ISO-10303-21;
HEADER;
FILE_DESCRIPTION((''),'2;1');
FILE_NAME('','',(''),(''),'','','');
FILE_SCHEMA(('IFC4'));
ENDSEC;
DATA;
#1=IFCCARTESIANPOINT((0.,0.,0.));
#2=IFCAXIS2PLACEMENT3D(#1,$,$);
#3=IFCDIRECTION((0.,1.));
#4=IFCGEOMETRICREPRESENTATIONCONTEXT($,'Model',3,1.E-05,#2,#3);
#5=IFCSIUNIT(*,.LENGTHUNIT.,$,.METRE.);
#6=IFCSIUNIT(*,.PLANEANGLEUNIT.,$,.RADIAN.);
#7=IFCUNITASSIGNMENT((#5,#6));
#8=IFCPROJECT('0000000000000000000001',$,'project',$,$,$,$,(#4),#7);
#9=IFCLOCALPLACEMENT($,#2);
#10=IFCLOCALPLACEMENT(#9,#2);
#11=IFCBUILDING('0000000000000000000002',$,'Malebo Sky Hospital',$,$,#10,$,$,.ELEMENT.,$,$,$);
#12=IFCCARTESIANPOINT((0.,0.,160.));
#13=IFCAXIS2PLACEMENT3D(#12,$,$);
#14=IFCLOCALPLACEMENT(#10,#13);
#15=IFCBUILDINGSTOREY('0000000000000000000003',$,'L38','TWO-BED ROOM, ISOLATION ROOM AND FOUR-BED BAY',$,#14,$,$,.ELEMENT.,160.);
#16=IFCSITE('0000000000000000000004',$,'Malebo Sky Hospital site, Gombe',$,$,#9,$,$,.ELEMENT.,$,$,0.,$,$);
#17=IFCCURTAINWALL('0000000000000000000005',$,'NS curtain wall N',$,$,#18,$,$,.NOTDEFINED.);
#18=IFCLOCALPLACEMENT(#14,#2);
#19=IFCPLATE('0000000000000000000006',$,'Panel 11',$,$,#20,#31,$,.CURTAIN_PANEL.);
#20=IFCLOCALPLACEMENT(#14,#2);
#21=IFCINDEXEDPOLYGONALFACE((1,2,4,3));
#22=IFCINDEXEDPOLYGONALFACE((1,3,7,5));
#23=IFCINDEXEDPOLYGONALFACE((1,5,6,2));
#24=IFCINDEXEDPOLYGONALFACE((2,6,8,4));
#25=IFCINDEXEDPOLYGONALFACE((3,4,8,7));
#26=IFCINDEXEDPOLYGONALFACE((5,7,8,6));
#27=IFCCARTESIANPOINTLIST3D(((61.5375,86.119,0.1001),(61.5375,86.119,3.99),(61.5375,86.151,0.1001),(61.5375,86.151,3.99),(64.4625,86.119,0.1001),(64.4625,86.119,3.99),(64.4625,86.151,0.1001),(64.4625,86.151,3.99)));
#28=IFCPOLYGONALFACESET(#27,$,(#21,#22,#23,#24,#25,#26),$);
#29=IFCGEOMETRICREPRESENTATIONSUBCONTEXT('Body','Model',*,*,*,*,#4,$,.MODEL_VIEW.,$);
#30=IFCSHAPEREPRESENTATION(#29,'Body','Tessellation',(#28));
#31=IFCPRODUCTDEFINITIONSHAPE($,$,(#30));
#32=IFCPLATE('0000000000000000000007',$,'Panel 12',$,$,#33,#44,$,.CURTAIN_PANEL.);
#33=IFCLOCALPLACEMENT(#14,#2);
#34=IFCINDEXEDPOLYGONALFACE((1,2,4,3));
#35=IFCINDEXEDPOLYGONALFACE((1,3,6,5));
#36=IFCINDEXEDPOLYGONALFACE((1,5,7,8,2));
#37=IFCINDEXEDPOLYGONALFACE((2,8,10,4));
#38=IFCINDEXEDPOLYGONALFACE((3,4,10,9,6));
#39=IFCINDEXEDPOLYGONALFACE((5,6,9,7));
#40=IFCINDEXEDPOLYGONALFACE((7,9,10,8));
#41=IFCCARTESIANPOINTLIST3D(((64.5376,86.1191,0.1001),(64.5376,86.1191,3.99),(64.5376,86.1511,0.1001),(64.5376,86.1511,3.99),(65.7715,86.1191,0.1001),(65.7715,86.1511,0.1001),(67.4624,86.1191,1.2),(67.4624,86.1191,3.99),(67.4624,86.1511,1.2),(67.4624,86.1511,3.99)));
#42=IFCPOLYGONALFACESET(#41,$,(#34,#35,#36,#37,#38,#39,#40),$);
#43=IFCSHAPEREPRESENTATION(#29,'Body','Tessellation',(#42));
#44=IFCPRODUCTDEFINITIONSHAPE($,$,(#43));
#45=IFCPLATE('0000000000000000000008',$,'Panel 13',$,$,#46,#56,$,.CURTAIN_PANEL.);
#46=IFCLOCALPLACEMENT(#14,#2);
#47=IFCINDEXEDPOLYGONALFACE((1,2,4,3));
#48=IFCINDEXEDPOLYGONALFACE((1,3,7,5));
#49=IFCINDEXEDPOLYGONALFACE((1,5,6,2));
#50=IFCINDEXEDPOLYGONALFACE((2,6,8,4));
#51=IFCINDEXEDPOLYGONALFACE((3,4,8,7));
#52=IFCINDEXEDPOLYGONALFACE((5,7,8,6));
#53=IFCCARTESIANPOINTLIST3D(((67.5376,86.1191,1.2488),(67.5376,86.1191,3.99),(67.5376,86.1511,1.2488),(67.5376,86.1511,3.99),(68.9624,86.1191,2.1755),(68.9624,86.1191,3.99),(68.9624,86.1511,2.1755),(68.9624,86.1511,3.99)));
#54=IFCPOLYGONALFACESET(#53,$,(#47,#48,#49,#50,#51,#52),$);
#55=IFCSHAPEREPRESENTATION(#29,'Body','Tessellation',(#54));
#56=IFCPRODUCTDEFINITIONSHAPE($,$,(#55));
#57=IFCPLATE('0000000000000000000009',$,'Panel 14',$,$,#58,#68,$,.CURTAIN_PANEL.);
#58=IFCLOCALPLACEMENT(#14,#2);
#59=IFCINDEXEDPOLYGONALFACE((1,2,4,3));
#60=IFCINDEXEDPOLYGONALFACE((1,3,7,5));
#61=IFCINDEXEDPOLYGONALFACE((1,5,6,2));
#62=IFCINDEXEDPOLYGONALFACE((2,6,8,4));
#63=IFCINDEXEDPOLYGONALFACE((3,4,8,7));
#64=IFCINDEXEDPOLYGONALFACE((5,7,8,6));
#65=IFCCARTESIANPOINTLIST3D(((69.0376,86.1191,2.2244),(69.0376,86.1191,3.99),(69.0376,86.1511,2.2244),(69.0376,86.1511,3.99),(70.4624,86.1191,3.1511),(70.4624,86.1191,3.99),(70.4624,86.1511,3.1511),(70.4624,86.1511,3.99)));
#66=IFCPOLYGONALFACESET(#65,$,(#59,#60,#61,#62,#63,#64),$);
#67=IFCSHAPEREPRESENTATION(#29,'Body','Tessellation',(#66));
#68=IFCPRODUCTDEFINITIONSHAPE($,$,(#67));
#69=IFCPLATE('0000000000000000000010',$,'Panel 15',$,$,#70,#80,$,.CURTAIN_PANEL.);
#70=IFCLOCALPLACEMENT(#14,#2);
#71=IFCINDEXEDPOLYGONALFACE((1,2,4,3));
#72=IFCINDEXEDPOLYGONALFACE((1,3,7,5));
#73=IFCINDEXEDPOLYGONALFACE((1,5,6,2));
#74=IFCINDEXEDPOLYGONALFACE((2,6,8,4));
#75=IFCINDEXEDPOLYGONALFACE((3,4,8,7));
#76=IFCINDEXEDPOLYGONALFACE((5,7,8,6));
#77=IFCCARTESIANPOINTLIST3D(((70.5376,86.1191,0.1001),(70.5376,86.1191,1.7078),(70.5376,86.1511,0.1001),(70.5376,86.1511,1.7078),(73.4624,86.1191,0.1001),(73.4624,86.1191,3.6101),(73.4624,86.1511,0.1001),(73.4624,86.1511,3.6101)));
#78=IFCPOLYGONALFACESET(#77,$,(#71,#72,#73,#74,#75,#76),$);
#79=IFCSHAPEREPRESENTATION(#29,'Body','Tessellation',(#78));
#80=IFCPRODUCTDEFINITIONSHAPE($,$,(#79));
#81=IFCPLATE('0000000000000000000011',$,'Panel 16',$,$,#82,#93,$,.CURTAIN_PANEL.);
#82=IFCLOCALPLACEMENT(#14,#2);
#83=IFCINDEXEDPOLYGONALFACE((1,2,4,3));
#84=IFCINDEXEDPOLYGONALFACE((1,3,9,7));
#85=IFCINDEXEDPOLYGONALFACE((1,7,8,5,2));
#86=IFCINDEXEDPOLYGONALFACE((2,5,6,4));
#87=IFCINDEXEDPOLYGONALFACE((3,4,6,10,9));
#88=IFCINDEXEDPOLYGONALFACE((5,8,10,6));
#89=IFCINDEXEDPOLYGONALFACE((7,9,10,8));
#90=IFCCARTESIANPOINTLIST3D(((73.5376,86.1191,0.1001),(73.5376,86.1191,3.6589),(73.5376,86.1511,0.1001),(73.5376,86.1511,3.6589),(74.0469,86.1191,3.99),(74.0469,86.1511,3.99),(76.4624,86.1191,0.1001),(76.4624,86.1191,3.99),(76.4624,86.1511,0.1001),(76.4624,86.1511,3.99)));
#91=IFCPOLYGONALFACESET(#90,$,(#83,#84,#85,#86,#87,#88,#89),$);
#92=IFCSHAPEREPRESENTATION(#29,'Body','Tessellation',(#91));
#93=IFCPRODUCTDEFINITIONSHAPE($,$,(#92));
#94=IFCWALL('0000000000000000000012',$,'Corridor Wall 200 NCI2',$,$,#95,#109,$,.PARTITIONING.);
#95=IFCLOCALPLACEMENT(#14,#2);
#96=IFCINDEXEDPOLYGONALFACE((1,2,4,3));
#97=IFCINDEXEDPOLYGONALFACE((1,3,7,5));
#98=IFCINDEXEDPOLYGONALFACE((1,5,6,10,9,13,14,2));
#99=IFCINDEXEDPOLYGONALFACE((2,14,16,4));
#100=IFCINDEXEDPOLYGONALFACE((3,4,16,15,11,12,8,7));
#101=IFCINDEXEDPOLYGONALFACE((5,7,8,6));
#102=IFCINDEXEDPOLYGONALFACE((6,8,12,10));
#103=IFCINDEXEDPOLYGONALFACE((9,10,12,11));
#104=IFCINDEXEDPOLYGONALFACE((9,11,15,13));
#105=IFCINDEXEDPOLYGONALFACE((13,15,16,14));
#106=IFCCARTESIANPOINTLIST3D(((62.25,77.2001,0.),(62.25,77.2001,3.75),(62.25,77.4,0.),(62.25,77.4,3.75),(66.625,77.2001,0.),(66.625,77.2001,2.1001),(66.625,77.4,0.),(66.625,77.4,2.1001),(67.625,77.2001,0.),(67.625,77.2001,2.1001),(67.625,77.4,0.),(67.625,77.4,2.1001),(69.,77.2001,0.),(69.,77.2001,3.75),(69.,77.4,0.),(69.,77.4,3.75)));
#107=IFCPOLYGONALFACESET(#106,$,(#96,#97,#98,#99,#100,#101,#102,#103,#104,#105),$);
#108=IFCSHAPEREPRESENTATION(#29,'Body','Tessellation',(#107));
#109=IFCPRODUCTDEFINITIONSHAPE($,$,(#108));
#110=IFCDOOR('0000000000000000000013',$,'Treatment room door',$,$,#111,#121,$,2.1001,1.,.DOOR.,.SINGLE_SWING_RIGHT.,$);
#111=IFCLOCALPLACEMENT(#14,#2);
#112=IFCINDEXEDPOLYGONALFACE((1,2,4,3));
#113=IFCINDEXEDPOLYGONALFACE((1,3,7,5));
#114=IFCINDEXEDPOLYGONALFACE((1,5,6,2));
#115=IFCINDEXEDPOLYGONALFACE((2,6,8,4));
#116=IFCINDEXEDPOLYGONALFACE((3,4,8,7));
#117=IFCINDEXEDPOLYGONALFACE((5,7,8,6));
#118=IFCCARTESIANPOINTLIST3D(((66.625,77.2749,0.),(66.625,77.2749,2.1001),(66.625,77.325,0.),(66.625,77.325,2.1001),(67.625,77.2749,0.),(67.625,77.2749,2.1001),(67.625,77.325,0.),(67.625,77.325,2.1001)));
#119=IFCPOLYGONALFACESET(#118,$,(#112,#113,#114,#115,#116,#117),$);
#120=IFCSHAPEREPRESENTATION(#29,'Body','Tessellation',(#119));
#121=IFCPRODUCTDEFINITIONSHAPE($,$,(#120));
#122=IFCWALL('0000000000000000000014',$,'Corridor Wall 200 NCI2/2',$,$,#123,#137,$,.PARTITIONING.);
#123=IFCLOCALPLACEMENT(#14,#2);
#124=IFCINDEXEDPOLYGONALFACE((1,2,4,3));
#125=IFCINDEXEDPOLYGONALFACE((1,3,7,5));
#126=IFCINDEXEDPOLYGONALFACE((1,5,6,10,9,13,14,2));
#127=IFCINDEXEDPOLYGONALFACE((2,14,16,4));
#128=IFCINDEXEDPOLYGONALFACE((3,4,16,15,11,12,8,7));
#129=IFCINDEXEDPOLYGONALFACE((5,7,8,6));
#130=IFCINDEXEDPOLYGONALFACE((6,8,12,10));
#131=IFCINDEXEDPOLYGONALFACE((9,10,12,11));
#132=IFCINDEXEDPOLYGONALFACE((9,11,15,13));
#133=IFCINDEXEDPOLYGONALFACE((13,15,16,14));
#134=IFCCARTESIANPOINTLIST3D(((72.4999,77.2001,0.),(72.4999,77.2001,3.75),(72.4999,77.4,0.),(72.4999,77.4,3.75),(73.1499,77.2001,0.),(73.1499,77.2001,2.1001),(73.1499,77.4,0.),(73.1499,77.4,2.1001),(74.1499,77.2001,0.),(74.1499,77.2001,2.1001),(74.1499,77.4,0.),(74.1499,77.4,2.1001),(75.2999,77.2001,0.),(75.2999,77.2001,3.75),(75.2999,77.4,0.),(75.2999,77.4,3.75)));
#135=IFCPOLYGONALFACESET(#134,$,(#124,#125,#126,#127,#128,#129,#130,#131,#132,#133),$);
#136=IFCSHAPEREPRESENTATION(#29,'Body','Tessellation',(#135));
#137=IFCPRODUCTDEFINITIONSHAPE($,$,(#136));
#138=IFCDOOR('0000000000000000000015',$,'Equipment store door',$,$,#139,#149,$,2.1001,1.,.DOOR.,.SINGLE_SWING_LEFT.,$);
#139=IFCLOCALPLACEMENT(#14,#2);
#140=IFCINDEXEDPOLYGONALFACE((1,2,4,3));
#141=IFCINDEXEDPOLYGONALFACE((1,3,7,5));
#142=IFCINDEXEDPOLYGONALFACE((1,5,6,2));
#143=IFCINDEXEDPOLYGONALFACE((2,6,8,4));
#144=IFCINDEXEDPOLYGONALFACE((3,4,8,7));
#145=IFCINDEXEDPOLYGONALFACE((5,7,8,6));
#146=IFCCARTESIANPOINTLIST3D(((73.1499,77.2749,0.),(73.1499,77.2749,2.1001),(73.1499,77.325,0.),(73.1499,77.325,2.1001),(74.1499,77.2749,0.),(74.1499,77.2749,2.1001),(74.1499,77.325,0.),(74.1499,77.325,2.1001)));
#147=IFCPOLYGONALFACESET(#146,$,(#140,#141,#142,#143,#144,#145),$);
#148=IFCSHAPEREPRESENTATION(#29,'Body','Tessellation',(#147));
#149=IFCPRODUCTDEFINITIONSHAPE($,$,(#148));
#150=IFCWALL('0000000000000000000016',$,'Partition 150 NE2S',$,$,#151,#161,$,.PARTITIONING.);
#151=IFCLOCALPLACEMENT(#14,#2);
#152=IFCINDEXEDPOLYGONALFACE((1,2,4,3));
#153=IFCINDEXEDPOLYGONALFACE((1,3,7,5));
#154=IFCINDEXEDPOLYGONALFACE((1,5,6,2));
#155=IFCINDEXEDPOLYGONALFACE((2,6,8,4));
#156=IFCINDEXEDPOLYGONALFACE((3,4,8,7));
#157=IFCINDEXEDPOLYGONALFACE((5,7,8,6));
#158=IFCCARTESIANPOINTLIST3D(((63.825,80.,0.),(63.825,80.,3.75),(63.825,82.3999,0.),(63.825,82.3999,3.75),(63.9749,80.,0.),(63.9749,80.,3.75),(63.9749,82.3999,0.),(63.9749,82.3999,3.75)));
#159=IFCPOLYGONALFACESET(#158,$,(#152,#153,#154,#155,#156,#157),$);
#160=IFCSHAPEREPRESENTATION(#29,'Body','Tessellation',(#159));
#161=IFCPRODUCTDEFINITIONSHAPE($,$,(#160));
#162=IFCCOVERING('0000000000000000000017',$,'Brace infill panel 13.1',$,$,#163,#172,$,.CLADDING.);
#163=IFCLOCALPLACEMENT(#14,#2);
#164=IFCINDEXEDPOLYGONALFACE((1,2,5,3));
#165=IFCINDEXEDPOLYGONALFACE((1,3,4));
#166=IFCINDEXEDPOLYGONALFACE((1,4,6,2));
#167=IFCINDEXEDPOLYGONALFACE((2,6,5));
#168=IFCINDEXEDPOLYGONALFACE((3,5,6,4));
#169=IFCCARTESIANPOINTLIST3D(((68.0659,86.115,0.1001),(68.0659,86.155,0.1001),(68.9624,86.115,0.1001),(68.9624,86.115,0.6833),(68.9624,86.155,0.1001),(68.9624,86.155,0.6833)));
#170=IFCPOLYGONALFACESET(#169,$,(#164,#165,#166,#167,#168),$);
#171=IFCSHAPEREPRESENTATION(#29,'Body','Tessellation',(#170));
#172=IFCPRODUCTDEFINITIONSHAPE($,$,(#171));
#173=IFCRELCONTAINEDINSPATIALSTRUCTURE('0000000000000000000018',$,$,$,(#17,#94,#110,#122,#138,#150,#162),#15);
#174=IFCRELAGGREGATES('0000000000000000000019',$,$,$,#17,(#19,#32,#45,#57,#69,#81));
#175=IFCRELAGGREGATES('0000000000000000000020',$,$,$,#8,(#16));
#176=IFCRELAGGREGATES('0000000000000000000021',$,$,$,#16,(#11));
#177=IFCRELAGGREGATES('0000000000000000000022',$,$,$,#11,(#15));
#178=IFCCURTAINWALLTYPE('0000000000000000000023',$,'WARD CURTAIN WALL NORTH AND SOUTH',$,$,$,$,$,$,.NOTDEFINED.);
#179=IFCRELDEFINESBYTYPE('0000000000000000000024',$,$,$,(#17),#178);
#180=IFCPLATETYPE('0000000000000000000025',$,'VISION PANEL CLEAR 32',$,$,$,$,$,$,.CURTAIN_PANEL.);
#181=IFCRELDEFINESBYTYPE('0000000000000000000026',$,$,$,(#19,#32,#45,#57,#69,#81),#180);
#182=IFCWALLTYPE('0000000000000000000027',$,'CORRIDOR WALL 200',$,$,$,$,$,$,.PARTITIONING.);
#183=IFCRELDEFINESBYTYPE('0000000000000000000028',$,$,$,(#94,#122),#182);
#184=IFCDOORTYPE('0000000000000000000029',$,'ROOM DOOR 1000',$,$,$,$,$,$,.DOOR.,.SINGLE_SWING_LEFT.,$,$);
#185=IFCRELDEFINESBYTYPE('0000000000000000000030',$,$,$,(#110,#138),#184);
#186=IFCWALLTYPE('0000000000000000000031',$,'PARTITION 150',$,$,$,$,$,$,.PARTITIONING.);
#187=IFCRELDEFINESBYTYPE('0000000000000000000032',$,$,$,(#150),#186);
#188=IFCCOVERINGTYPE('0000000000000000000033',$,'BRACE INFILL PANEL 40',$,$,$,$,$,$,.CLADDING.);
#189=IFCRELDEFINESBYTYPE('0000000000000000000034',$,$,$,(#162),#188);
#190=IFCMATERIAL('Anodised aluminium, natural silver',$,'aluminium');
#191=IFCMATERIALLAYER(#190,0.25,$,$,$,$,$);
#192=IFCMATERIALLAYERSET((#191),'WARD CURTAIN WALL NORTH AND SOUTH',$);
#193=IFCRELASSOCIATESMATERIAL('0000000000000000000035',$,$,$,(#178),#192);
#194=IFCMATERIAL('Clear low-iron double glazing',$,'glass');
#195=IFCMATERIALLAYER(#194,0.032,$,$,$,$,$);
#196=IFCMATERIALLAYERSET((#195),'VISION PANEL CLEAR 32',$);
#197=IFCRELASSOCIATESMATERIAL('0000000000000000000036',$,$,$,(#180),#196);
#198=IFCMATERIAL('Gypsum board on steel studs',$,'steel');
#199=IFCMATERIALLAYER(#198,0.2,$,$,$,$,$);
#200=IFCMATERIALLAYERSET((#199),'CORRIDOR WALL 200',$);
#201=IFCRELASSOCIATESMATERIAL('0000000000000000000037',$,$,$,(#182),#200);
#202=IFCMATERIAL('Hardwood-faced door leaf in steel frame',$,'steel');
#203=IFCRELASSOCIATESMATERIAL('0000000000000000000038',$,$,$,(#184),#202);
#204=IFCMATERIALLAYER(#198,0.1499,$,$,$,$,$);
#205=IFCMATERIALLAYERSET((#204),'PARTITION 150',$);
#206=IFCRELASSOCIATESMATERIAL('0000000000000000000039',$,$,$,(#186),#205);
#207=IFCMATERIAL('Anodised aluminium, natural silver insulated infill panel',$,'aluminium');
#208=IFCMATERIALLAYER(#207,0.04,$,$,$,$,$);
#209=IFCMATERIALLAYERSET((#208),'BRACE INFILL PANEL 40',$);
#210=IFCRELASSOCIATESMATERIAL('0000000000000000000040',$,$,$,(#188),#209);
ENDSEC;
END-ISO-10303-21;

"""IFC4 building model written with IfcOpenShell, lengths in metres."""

from ifc_helpers import new_model, si_unit, direction, frame, frame_2d, origin, origin_2d, place, context, subcontext, project, spatial, polyline, rectangle, outline, extrude, material, layer, layer_set, type_object, element, fill, aggregate, save


model = new_model("IFC4")

# Units and contexts
model_context = context("Model", 3, precision=1e-05, world=origin(), true_north=direction((0.0, 1.0)))
body_context = subcontext(model_context, "Body", "Model", "MODEL_VIEW")
ifc_project = project(units=[si_unit("LENGTHUNIT", "METRE"), si_unit("PLANEANGLEUNIT", "RADIAN")], contexts=[model_context])

# Site, building, storey
site_placement = place(None, origin())
site = spatial("IfcSite", under=ifc_project, at=site_placement, Name="Malebo Sky Hospital site, Gombe", CompositionType="ELEMENT", RefElevation=0.0)
building_placement = place(site_placement, origin())
building = spatial("IfcBuilding", under=site, at=building_placement, Name="Malebo Sky Hospital", CompositionType="ELEMENT")
storey_placement = place(building_placement, frame((0.0, 0.0, 160.0)))
storey = spatial("IfcBuildingStorey", under=building, at=storey_placement, Name="L38", Description="TWO-BED ROOM, ISOLATION ROOM AND FOUR-BED BAY", CompositionType="ELEMENT", Elevation=160.0)

# Curtain wall
ifc_material_1 = material(Name="Anodised aluminium, natural silver", Category="aluminium")
ifc_layer_1 = layer(ifc_material_1, 0.25)
ifc_layer_set_1 = layer_set([ifc_layer_1], Name="WARD CURTAIN WALL NORTH AND SOUTH")
curtain_wall_type = type_object("IfcCurtainWallType", Name="WARD CURTAIN WALL NORTH AND SOUTH", PredefinedType="NOTDEFINED", material=ifc_layer_set_1)
curtain_wall_placement = place(storey_placement, origin())
curtain_wall = element("IfcCurtainWall", 1, at=curtain_wall_placement, inside=storey, type_object=curtain_wall_type, Name="NS curtain wall N", PredefinedType="NOTDEFINED")

# Plates
ifc_material_2 = material(Name="Clear low-iron double glazing", Category="glass")
ifc_layer_2 = layer(ifc_material_2, 0.032)
ifc_layer_set_2 = layer_set([ifc_layer_2], Name="VISION PANEL CLEAR 32")
plate_type = type_object("IfcPlateType", Name="VISION PANEL CLEAR 32", PredefinedType="CURTAIN_PANEL", material=ifc_layer_set_2)
plate_1_placement = place(storey_placement, frame((63.0, 86.135, 0.1001), z_axis=(0.0, 0.0, 1.0), x_axis=(1.0, 0.0, 0.0)))
plate_1 = element("IfcPlate", 2, at=plate_1_placement, type_object=plate_type, Name="Panel 11", PredefinedType="CURTAIN_PANEL", context=body_context, shape_type="SweptSolid", body=[
    extrude(rectangle(XDim=2.925, YDim=0.032, at=origin_2d()), origin(), (0.0, 0.0, 1.0), 3.8899),
])
plate_2_placement = place(storey_placement, frame((66.0, 86.135, 0.1001), z_axis=(0.0, 0.0, 1.0), x_axis=(1.0, 0.0, 0.0)))
plate_2 = element("IfcPlate", 3, at=plate_2_placement, type_object=plate_type, Name="Panel 12", PredefinedType="CURTAIN_PANEL", context=body_context, shape_type="SweptSolid", body=[
    extrude(outline(polyline([(-1.4624, 0.0), (-0.2285, 0.0), (1.4624, 1.0999), (1.4624, 3.8899), (-1.4624, 3.8899), (-1.4624, 0.0)])), frame((0.0, 0.0161, 0.0), z_axis=(0.0, -1.0, 0.0), x_axis=(1.0, 0.0, 0.0)), (0.0, 0.0, 1.0), 0.032),
])
plate_3_placement = place(storey_placement, frame((68.25, 86.135, 1.2488), z_axis=(0.0, 0.0, 1.0), x_axis=(1.0, 0.0, 0.0)))
plate_3 = element("IfcPlate", 4, at=plate_3_placement, type_object=plate_type, Name="Panel 13", PredefinedType="CURTAIN_PANEL", context=body_context, shape_type="SweptSolid", body=[
    extrude(outline(polyline([(-0.7124, 0.0), (0.7124, 0.9268), (0.7124, 2.7412), (-0.7124, 2.7412), (-0.7124, 0.0)])), frame((0.0, 0.0161, 0.0), z_axis=(0.0, -1.0, 0.0), x_axis=(1.0, 0.0, 0.0)), (0.0, 0.0, 1.0), 0.032),
])
plate_4_placement = place(storey_placement, frame((69.75, 86.135, 2.2244), z_axis=(0.0, 0.0, 1.0), x_axis=(1.0, 0.0, 0.0)))
plate_4 = element("IfcPlate", 5, at=plate_4_placement, type_object=plate_type, Name="Panel 14", PredefinedType="CURTAIN_PANEL", context=body_context, shape_type="SweptSolid", body=[
    extrude(outline(polyline([(-0.7124, 0.0), (0.7124, 0.9268), (0.7124, 1.7656), (-0.7124, 1.7656), (-0.7124, 0.0)])), frame((0.0, 0.0161, 0.0), z_axis=(0.0, -1.0, 0.0), x_axis=(1.0, 0.0, 0.0)), (0.0, 0.0, 1.0), 0.032),
])
plate_5_placement = place(storey_placement, frame((72.0, 86.135, 0.1001), z_axis=(0.0, 0.0, 1.0), x_axis=(1.0, 0.0, 0.0)))
plate_5 = element("IfcPlate", 6, at=plate_5_placement, type_object=plate_type, Name="Panel 15", PredefinedType="CURTAIN_PANEL", context=body_context, shape_type="SweptSolid", body=[
    extrude(outline(polyline([(-1.4624, 0.0), (1.4624, 0.0), (1.4624, 3.51), (-1.4624, 1.6077), (-1.4624, 0.0)])), frame((0.0, 0.0161, 0.0), z_axis=(0.0, -1.0, 0.0), x_axis=(1.0, 0.0, 0.0)), (0.0, 0.0, 1.0), 0.032),
])
plate_6_placement = place(storey_placement, frame((75.0, 86.135, 0.1001), z_axis=(0.0, 0.0, 1.0), x_axis=(1.0, 0.0, 0.0)))
plate_6 = element("IfcPlate", 7, at=plate_6_placement, type_object=plate_type, Name="Panel 16", PredefinedType="CURTAIN_PANEL", context=body_context, shape_type="SweptSolid", body=[
    extrude(outline(polyline([(-1.4624, 0.0), (1.4624, 0.0), (1.4624, 3.8899), (-0.9531, 3.8899), (-1.4624, 3.5588), (-1.4624, 0.0)])), frame((0.0, 0.0161, 0.0), z_axis=(0.0, -1.0, 0.0), x_axis=(1.0, 0.0, 0.0)), (0.0, 0.0, 1.0), 0.032),
])
aggregate(curtain_wall, [plate_1, plate_2, plate_3, plate_4, plate_5, plate_6])

# Walls, openings, doors
ifc_material_3 = material(Name="Gypsum board on steel studs", Category="steel")
ifc_layer_3 = layer(ifc_material_3, 0.2)
ifc_layer_set_3 = layer_set([ifc_layer_3], Name="CORRIDOR WALL 200")
wall_type_1 = type_object("IfcWallType", Name="CORRIDOR WALL 200", PredefinedType="PARTITIONING", material=ifc_layer_set_3)
wall_1_placement = place(storey_placement, frame((62.25, 77.3, 0.0), z_axis=(0.0, 0.0, 1.0), x_axis=(1.0, 0.0, 0.0)))
wall_1 = element("IfcWall", 8, at=wall_1_placement, inside=storey, type_object=wall_type_1, Name="Corridor Wall 200 NCI2", PredefinedType="PARTITIONING", context=body_context, shape_type="SweptSolid", body=[
    extrude(rectangle(XDim=6.75, YDim=0.2, at=frame_2d((3.375, 0.0))), origin(), (0.0, 0.0, 1.0), 3.75),
])
opening_1_placement = place(wall_1_placement, frame((4.375, 0.0, 0.0)))
opening_1 = element("IfcOpeningElement", 9, at=opening_1_placement, cuts=wall_1, PredefinedType="OPENING", context=body_context, shape_type="SweptSolid", body=[
    extrude(rectangle(XDim=1.0, YDim=2.1001, at=frame_2d((0.5, 1.05))), frame((0.0, 0.1099, 0.0), z_axis=(0.0, -1.0, 0.0), x_axis=(1.0, 0.0, 0.0)), (0.0, 0.0, 1.0), 0.22),
])
ifc_material_4 = material(Name="Hardwood-faced door leaf in steel frame", Category="steel")
door_type = type_object("IfcDoorType", Name="ROOM DOOR 1000", OperationType="SINGLE_SWING_LEFT", PredefinedType="DOOR", material=ifc_material_4)
door_1_placement = place(opening_1_placement, origin())
door_1 = element("IfcDoor", 10, at=door_1_placement, inside=storey, type_object=door_type, Name="Treatment room door", OperationType="SINGLE_SWING_RIGHT", OverallHeight=2.1001, OverallWidth=1.0, PredefinedType="DOOR", context=body_context, shape_type="SweptSolid", body=[
    extrude(rectangle(XDim=1.0, YDim=2.1001, at=frame_2d((0.5, 1.05))), frame((0.0, 0.0249, 0.0), z_axis=(0.0, -1.0, 0.0), x_axis=(1.0, 0.0, 0.0)), (0.0, 0.0, 1.0), 0.05),
])
fill(opening_1, door_1)
wall_2_placement = place(storey_placement, frame((72.5, 77.3, 0.0), z_axis=(0.0, 0.0, 1.0), x_axis=(1.0, 0.0, 0.0)))
wall_2 = element("IfcWall", 11, at=wall_2_placement, inside=storey, type_object=wall_type_1, Name="Corridor Wall 200 NCI2/2", PredefinedType="PARTITIONING", context=body_context, shape_type="SweptSolid", body=[
    extrude(rectangle(XDim=2.8, YDim=0.2, at=frame_2d((1.3999, 0.0))), origin(), (0.0, 0.0, 1.0), 3.75),
])
opening_2_placement = place(wall_2_placement, frame((0.6499, 0.0, 0.0)))
opening_2 = element("IfcOpeningElement", 12, at=opening_2_placement, cuts=wall_2, PredefinedType="OPENING", context=body_context, shape_type="SweptSolid", body=[
    extrude(rectangle(XDim=1.0, YDim=2.1001, at=frame_2d((0.5, 1.05))), frame((0.0, 0.1099, 0.0), z_axis=(0.0, -1.0, 0.0), x_axis=(1.0, 0.0, 0.0)), (0.0, 0.0, 1.0), 0.22),
])
door_2_placement = place(opening_2_placement, origin())
door_2 = element("IfcDoor", 13, at=door_2_placement, inside=storey, type_object=door_type, Name="Equipment store door", OperationType="SINGLE_SWING_LEFT", OverallHeight=2.1001, OverallWidth=1.0, PredefinedType="DOOR", context=body_context, shape_type="SweptSolid", body=[
    extrude(rectangle(XDim=1.0, YDim=2.1001, at=frame_2d((0.5, 1.05))), frame((0.0, 0.0249, 0.0), z_axis=(0.0, -1.0, 0.0), x_axis=(1.0, 0.0, 0.0)), (0.0, 0.0, 1.0), 0.05),
])
fill(opening_2, door_2)

# Wall
ifc_layer_4 = layer(ifc_material_3, 0.1499)
ifc_layer_set_4 = layer_set([ifc_layer_4], Name="PARTITION 150")
wall_type_2 = type_object("IfcWallType", Name="PARTITION 150", PredefinedType="PARTITIONING", material=ifc_layer_set_4)
wall_3_placement = place(storey_placement, frame((63.8999, 80.0, 0.0), z_axis=(0.0, 0.0, 1.0), x_axis=(0.0, 1.0, 0.0)))
element("IfcWall", 14, at=wall_3_placement, inside=storey, type_object=wall_type_2, Name="Partition 150 NE2S", PredefinedType="PARTITIONING", context=body_context, shape_type="SweptSolid", body=[
    extrude(rectangle(XDim=2.3999, YDim=0.1499, at=frame_2d((1.2, 0.0))), origin(), (0.0, 0.0, 1.0), 3.75),
])

# Covering
ifc_material_5 = material(Name="Anodised aluminium, natural silver insulated infill panel", Category="aluminium")
ifc_layer_5 = layer(ifc_material_5, 0.04)
ifc_layer_set_5 = layer_set([ifc_layer_5], Name="BRACE INFILL PANEL 40")
covering_type = type_object("IfcCoveringType", Name="BRACE INFILL PANEL 40", PredefinedType="CLADDING", material=ifc_layer_set_5)
covering_1_placement = place(storey_placement, frame((68.5142, 86.135, 0.1001), z_axis=(0.0, 0.0, 1.0), x_axis=(1.0, 0.0, 0.0)))
element("IfcCovering", 15, at=covering_1_placement, inside=storey, type_object=covering_type, Name="Brace infill panel 13.1", PredefinedType="CLADDING", context=body_context, shape_type="SweptSolid", body=[
    extrude(outline(polyline([(-0.4482, 0.0), (0.4482, 0.0), (0.4482, 0.5833), (-0.4482, 0.0)])), frame((0.0, 0.02, 0.0), z_axis=(0.0, -1.0, 0.0), x_axis=(1.0, 0.0, 0.0)), (0.0, 0.0, 1.0), 0.04),
])

save(model, "model.ifc")
